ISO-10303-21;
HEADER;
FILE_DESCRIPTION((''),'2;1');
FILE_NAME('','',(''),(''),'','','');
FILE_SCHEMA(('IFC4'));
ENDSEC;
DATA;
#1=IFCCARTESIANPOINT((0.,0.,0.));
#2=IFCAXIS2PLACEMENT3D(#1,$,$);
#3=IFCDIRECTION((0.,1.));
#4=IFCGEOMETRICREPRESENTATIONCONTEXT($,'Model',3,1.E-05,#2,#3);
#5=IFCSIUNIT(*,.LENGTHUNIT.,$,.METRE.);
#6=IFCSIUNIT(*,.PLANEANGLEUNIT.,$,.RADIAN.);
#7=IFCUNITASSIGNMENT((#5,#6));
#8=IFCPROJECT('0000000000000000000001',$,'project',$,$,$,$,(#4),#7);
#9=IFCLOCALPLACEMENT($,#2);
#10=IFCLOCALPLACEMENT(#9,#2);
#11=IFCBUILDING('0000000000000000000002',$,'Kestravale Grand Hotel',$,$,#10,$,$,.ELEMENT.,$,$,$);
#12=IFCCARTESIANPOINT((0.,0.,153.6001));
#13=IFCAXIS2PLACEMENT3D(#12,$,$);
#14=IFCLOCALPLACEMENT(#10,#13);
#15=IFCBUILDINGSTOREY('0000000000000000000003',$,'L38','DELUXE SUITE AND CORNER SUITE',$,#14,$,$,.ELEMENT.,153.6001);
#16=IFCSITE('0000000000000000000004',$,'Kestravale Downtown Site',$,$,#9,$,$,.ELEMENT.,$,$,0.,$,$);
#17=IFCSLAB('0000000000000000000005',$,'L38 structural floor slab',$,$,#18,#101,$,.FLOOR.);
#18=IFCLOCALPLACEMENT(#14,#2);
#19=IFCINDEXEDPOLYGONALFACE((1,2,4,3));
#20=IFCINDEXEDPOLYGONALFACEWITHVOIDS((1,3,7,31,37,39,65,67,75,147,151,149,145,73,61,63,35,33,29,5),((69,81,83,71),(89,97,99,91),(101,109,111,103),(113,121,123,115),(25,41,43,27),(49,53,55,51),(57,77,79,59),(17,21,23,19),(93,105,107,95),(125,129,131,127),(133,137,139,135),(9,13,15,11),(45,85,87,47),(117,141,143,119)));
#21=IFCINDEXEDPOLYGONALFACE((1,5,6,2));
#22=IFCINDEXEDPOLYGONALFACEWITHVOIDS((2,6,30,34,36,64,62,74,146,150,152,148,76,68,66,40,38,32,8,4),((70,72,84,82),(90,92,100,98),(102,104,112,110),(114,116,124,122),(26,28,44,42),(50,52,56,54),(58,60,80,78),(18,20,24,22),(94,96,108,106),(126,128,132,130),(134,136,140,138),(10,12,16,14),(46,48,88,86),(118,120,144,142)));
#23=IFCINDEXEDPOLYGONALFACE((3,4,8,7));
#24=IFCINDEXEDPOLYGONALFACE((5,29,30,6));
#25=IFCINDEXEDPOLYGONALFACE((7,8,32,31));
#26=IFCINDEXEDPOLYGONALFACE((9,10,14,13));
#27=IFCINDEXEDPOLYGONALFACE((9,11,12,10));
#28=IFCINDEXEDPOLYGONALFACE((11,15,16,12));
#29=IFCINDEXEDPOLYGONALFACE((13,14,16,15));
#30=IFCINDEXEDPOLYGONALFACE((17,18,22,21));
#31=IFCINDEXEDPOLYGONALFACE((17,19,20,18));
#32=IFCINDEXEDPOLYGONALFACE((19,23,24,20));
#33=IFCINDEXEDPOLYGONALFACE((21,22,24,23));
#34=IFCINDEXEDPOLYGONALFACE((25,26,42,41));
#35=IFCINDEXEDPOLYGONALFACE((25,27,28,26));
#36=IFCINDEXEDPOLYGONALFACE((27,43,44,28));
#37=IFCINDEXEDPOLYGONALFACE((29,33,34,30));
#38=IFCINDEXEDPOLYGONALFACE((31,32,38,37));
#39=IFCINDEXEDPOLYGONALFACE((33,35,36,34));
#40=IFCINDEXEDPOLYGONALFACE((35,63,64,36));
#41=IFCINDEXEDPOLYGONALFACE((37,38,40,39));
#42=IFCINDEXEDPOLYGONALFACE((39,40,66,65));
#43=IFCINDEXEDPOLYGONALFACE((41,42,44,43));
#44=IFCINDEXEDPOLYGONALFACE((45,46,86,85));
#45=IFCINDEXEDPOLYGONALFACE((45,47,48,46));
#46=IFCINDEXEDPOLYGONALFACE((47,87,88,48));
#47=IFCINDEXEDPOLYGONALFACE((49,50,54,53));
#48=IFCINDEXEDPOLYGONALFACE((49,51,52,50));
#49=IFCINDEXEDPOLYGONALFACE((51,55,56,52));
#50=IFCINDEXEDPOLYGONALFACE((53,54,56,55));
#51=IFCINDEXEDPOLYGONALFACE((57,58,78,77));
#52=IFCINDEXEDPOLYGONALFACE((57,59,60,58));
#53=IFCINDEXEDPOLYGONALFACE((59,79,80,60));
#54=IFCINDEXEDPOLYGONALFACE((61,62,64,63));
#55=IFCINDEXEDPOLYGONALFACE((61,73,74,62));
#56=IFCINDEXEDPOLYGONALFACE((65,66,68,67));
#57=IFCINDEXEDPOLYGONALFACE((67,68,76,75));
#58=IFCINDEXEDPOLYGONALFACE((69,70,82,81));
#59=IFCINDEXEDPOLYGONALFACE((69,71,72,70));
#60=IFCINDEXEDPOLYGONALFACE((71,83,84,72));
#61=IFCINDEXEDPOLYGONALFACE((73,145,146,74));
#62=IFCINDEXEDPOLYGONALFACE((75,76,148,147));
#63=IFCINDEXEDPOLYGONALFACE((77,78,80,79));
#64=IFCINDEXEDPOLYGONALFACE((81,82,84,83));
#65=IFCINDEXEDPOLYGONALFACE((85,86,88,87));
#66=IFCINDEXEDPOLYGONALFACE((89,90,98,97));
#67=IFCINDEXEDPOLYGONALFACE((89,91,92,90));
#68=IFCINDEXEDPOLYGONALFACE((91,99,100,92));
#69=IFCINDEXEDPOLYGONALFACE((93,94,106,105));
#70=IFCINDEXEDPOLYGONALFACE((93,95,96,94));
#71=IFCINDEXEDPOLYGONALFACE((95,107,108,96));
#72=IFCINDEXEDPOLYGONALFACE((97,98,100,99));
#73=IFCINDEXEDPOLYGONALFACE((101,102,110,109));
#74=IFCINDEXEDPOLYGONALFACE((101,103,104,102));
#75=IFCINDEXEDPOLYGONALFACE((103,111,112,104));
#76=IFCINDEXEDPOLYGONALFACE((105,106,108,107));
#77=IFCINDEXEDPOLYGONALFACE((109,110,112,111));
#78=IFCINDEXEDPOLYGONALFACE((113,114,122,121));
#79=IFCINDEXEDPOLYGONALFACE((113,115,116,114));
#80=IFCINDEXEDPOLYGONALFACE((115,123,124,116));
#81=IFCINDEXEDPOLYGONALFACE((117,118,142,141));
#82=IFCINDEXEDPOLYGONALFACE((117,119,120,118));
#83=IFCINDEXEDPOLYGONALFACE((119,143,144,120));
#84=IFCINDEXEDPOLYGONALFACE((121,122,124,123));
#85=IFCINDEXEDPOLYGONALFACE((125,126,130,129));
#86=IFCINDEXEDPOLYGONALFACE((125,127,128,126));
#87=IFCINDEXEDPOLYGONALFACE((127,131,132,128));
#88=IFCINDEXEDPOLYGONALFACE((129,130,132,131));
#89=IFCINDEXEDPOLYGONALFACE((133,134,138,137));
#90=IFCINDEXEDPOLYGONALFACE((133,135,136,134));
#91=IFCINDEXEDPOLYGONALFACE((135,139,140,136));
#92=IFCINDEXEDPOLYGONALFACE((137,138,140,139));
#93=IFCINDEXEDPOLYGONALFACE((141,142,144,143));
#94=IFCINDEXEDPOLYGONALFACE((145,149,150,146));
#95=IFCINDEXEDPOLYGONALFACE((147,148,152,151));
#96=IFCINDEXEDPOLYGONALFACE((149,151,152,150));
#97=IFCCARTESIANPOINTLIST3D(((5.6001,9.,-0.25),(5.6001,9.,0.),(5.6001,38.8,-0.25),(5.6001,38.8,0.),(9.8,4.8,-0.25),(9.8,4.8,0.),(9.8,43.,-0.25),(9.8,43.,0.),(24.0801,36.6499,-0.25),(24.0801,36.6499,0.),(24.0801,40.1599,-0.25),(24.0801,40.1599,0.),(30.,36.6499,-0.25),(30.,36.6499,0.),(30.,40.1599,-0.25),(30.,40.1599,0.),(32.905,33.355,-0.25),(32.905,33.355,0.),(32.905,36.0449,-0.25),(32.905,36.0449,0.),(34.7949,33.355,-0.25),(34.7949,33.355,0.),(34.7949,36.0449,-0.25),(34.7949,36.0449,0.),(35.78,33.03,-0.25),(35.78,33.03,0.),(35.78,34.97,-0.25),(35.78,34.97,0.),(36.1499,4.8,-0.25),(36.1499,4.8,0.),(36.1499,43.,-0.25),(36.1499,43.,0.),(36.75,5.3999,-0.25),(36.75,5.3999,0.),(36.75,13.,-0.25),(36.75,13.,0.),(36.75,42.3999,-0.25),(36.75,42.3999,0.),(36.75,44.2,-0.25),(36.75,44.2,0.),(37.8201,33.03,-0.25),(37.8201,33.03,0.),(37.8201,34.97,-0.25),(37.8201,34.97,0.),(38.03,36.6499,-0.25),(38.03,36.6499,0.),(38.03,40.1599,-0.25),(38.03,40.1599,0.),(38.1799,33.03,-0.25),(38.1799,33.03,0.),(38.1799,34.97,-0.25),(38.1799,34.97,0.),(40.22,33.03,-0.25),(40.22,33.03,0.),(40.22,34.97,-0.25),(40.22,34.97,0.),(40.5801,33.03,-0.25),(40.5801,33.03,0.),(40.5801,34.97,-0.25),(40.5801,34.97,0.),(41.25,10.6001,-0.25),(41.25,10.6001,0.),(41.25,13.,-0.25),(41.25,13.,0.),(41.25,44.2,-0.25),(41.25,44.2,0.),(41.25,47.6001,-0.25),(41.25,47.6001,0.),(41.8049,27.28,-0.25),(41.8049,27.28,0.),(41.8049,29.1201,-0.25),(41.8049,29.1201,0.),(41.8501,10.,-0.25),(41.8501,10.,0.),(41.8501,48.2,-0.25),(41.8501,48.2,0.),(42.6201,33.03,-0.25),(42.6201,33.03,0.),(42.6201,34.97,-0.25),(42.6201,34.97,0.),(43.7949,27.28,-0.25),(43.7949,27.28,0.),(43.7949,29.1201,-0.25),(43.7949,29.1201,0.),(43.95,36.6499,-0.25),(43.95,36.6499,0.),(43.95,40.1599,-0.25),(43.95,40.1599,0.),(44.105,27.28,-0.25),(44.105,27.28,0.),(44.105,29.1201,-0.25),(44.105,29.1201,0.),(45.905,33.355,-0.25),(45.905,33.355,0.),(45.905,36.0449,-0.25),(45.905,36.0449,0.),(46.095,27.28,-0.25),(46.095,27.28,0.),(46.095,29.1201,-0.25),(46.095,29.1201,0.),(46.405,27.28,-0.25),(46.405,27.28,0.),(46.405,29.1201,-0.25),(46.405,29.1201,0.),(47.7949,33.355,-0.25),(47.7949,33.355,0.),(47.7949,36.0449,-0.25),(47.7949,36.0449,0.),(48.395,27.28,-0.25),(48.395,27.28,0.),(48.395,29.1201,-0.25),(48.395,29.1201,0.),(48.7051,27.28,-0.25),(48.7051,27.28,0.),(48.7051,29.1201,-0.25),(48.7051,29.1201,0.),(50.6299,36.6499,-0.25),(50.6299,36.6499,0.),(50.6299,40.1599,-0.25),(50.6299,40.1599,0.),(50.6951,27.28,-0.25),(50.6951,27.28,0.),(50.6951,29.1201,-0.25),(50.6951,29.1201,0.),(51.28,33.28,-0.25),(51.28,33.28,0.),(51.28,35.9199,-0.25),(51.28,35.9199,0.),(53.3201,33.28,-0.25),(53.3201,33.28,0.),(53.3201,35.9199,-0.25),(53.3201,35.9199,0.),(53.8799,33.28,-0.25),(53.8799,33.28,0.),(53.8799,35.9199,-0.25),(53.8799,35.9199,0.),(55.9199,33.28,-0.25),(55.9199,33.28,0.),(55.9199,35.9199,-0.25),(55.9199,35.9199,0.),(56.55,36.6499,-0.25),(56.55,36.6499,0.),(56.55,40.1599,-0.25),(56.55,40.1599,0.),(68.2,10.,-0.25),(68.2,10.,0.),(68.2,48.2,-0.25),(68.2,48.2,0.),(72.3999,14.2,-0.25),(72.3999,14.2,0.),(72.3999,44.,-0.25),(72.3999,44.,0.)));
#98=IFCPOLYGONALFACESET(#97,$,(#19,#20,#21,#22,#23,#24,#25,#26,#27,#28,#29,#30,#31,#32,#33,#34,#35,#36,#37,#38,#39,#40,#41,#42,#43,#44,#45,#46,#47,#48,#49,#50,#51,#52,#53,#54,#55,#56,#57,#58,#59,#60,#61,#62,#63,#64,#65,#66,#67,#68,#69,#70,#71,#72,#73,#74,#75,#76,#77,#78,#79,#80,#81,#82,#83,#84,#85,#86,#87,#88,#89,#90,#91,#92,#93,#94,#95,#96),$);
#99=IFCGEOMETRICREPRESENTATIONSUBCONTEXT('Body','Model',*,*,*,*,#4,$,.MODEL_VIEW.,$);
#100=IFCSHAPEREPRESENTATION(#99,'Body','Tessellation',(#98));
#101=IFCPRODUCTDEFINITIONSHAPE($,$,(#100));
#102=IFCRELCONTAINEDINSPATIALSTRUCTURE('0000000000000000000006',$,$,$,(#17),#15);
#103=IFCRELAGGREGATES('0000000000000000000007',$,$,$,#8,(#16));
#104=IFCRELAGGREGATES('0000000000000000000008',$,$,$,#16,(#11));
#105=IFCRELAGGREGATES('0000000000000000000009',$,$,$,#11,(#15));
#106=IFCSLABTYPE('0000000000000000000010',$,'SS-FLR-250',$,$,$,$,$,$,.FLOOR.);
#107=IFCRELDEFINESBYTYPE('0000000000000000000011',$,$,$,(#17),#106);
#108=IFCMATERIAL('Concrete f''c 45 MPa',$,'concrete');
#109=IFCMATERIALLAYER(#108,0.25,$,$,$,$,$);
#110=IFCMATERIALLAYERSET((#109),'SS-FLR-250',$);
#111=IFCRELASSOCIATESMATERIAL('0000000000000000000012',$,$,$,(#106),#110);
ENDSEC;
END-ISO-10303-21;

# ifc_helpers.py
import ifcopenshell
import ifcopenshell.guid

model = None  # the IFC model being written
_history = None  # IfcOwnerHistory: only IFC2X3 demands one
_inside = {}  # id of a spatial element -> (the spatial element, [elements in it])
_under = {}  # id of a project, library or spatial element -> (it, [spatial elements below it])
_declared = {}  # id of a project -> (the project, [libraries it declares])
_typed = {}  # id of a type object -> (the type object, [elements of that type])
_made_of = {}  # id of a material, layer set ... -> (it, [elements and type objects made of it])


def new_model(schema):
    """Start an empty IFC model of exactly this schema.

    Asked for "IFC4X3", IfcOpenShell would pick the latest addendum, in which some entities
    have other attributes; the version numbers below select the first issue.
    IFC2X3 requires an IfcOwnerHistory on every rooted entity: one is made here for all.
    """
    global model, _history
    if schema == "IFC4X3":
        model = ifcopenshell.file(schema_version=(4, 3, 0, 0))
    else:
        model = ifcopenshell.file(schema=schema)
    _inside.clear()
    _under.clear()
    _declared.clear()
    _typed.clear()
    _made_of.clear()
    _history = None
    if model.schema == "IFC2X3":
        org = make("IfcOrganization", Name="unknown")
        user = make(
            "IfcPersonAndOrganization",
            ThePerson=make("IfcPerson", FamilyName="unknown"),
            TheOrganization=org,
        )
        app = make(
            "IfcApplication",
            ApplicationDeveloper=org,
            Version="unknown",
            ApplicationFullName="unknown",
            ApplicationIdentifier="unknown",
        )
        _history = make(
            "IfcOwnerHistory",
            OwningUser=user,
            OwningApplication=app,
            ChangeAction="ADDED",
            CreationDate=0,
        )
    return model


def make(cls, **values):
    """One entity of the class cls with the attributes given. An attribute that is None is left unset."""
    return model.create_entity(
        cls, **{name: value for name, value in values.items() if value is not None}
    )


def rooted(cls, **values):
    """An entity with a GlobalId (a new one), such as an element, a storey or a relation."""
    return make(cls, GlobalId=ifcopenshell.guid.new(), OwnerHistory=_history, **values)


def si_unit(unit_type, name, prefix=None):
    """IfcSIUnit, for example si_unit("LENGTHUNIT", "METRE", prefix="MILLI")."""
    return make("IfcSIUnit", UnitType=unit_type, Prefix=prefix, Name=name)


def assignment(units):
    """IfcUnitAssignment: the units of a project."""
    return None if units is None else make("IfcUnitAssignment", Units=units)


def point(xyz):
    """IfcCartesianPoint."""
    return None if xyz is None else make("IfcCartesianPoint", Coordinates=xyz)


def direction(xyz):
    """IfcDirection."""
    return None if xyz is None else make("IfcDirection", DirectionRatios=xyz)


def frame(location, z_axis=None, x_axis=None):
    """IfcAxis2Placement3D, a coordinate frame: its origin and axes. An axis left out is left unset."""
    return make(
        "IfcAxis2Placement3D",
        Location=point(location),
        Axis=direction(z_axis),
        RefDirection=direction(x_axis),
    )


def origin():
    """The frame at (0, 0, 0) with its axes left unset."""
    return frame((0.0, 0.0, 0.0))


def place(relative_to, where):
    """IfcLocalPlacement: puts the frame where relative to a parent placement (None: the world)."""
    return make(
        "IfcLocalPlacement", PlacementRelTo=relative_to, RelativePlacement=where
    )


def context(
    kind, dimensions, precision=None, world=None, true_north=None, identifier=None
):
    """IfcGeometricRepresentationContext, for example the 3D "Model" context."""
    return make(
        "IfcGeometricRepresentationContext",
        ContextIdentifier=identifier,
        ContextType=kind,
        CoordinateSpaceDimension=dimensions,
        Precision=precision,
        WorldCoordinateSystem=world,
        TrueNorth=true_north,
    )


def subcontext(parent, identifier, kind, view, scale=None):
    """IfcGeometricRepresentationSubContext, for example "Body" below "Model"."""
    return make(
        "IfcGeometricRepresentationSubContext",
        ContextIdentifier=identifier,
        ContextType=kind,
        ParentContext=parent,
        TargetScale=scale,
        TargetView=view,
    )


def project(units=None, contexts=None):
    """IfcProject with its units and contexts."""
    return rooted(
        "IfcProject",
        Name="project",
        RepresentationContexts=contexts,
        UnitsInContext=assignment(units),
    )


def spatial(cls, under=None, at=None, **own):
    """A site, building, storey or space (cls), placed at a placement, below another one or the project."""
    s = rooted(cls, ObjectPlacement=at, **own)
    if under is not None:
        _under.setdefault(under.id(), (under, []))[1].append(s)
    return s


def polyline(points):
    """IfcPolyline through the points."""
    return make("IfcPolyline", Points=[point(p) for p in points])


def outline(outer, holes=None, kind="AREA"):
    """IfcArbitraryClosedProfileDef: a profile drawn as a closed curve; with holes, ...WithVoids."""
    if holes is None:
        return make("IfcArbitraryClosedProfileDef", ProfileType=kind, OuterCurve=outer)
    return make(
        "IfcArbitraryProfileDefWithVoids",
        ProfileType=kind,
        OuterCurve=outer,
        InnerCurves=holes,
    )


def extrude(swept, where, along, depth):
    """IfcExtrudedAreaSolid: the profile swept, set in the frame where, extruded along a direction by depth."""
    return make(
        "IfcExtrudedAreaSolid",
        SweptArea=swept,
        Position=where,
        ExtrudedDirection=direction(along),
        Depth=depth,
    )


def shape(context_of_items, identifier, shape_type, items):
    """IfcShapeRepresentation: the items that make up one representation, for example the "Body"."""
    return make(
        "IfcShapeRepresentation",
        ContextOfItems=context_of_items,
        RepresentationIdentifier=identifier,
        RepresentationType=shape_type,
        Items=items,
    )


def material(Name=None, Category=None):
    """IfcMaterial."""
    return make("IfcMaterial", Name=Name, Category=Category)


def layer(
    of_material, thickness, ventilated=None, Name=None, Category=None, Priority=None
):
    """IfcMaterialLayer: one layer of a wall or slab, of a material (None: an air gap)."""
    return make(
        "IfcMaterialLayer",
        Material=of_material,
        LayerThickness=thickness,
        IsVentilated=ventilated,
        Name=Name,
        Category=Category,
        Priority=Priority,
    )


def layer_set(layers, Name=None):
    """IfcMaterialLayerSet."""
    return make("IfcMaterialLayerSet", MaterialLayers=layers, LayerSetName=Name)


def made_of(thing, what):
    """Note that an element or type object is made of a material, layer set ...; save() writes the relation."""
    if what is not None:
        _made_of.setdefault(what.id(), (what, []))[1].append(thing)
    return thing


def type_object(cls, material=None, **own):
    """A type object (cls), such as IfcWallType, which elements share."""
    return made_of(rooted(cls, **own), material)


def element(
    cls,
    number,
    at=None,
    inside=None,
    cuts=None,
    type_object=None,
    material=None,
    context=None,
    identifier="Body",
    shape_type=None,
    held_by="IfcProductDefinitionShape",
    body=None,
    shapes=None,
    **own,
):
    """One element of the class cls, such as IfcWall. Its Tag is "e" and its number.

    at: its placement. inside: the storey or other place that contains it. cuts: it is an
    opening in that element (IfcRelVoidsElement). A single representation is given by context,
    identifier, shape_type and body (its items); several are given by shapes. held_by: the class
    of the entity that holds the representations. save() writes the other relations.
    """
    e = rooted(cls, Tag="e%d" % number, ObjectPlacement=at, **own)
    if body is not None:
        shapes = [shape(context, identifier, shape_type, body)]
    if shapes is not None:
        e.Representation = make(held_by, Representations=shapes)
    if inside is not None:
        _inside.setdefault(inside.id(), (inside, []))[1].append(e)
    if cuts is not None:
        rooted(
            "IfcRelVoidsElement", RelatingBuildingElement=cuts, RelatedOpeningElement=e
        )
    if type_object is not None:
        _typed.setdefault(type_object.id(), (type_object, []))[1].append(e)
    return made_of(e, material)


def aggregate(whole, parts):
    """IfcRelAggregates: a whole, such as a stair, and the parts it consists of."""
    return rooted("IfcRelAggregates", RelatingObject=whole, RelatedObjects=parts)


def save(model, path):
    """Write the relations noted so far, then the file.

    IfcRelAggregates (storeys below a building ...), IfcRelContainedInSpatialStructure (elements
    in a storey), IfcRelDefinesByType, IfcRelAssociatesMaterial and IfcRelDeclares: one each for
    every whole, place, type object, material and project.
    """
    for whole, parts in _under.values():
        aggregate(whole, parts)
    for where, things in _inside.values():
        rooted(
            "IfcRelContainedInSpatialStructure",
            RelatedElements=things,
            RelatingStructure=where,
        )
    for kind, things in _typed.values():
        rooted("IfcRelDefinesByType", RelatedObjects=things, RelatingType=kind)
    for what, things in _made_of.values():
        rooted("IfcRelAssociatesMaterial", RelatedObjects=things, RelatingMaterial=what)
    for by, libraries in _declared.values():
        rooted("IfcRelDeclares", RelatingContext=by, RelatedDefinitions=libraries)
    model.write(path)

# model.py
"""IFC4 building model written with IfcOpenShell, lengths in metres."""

from ifc_helpers import new_model, si_unit, direction, frame, origin, place, context, subcontext, project, spatial, polyline, outline, extrude, material, layer, layer_set, type_object, element, save


model = new_model("IFC4")

# Units and contexts
model_context = context("Model", 3, precision=1e-05, world=origin(), true_north=direction((0.0, 1.0)))
body_context = subcontext(model_context, "Body", "Model", "MODEL_VIEW")
ifc_project = project(units=[si_unit("LENGTHUNIT", "METRE"), si_unit("PLANEANGLEUNIT", "RADIAN")], contexts=[model_context])

# Site, building, storey
site_placement = place(None, origin())
site = spatial("IfcSite", under=ifc_project, at=site_placement, Name="Kestravale Downtown Site", CompositionType="ELEMENT", RefElevation=0.0)
building_placement = place(site_placement, origin())
building = spatial("IfcBuilding", under=site, at=building_placement, Name="Kestravale Grand Hotel", CompositionType="ELEMENT")
storey_placement = place(building_placement, frame((0.0, 0.0, 153.6001)))
storey = spatial("IfcBuildingStorey", under=building, at=storey_placement, Name="L38", Description="DELUXE SUITE AND CORNER SUITE", CompositionType="ELEMENT", Elevation=153.6001)

# Slab
ifc_material_1 = material(Name="Concrete f'c 45 MPa", Category="concrete")
ifc_layer_1 = layer(ifc_material_1, 0.25)
ifc_layer_set_1 = layer_set([ifc_layer_1], Name="SS-FLR-250")
slab_type_1 = type_object("IfcSlabType", Name="SS-FLR-250", PredefinedType="FLOOR", material=ifc_layer_set_1)
slab_1_placement = place(storey_placement, frame((0.0, 0.0, -0.25)))
element("IfcSlab", 1, at=slab_1_placement, inside=storey, type_object=slab_type_1, Name="L38 structural floor slab", PredefinedType="FLOOR", context=body_context, shape_type="SweptSolid", body=[
    extrude(outline(polyline([(9.8, 4.8), (36.1499, 4.8), (36.75, 5.3999), (36.75, 13.0), (41.25, 13.0), (41.25, 10.6001), (41.8501, 10.0), (68.2, 10.0), (72.3999, 14.2), (72.3999, 44.0), (68.2, 48.2), (41.8501, 48.2), (41.25, 47.6001), (41.25, 44.2), (36.75, 44.2), (36.75, 42.3999), (36.1499, 43.0), (9.8, 43.0), (5.6001, 38.8), (5.6001, 9.0), (9.8, 4.8)]), holes=[polyline([(24.0801, 36.6499), (30.0, 36.6499), (30.0, 40.1599), (24.0801, 40.1599), (24.0801, 36.6499)]), polyline([(38.03, 36.6499), (43.95, 36.6499), (43.95, 40.1599), (38.03, 40.1599), (38.03, 36.6499)]), polyline([(50.6299, 36.6499), (56.55, 36.6499), (56.55, 40.1599), (50.6299, 40.1599), (50.6299, 36.6499)]), polyline([(41.8049, 27.28), (43.7949, 27.28), (43.7949, 29.1201), (41.8049, 29.1201), (41.8049, 27.28)]), polyline([(44.105, 27.28), (46.095, 27.28), (46.095, 29.1201), (44.105, 29.1201), (44.105, 27.28)]), polyline([(46.405, 27.28), (48.395, 27.28), (48.395, 29.1201), (46.405, 29.1201), (46.405, 27.28)]), polyline([(48.7051, 27.28), (50.6951, 27.28), (50.6951, 29.1201), (48.7051, 29.1201), (48.7051, 27.28)]), polyline([(35.78, 33.03), (37.8201, 33.03), (37.8201, 34.97), (35.78, 34.97), (35.78, 33.03)]), polyline([(38.1799, 33.03), (40.22, 33.03), (40.22, 34.97), (38.1799, 34.97), (38.1799, 33.03)]), polyline([(40.5801, 33.03), (42.6201, 33.03), (42.6201, 34.97), (40.5801, 34.97), (40.5801, 33.03)]), polyline([(32.905, 33.355), (34.7949, 33.355), (34.7949, 36.0449), (32.905, 36.0449), (32.905, 33.355)]), polyline([(45.905, 33.355), (47.7949, 33.355), (47.7949, 36.0449), (45.905, 36.0449), (45.905, 33.355)]), polyline([(51.28, 33.28), (53.3201, 33.28), (53.3201, 35.9199), (51.28, 35.9199), (51.28, 33.28)]), polyline([(53.8799, 33.28), (55.9199, 33.28), (55.9199, 35.9199), (53.8799, 35.9199), (53.8799, 33.28)])]), origin(), (0.0, 0.0, 1.0), 0.25),
])

save(model, "model.ifc")
